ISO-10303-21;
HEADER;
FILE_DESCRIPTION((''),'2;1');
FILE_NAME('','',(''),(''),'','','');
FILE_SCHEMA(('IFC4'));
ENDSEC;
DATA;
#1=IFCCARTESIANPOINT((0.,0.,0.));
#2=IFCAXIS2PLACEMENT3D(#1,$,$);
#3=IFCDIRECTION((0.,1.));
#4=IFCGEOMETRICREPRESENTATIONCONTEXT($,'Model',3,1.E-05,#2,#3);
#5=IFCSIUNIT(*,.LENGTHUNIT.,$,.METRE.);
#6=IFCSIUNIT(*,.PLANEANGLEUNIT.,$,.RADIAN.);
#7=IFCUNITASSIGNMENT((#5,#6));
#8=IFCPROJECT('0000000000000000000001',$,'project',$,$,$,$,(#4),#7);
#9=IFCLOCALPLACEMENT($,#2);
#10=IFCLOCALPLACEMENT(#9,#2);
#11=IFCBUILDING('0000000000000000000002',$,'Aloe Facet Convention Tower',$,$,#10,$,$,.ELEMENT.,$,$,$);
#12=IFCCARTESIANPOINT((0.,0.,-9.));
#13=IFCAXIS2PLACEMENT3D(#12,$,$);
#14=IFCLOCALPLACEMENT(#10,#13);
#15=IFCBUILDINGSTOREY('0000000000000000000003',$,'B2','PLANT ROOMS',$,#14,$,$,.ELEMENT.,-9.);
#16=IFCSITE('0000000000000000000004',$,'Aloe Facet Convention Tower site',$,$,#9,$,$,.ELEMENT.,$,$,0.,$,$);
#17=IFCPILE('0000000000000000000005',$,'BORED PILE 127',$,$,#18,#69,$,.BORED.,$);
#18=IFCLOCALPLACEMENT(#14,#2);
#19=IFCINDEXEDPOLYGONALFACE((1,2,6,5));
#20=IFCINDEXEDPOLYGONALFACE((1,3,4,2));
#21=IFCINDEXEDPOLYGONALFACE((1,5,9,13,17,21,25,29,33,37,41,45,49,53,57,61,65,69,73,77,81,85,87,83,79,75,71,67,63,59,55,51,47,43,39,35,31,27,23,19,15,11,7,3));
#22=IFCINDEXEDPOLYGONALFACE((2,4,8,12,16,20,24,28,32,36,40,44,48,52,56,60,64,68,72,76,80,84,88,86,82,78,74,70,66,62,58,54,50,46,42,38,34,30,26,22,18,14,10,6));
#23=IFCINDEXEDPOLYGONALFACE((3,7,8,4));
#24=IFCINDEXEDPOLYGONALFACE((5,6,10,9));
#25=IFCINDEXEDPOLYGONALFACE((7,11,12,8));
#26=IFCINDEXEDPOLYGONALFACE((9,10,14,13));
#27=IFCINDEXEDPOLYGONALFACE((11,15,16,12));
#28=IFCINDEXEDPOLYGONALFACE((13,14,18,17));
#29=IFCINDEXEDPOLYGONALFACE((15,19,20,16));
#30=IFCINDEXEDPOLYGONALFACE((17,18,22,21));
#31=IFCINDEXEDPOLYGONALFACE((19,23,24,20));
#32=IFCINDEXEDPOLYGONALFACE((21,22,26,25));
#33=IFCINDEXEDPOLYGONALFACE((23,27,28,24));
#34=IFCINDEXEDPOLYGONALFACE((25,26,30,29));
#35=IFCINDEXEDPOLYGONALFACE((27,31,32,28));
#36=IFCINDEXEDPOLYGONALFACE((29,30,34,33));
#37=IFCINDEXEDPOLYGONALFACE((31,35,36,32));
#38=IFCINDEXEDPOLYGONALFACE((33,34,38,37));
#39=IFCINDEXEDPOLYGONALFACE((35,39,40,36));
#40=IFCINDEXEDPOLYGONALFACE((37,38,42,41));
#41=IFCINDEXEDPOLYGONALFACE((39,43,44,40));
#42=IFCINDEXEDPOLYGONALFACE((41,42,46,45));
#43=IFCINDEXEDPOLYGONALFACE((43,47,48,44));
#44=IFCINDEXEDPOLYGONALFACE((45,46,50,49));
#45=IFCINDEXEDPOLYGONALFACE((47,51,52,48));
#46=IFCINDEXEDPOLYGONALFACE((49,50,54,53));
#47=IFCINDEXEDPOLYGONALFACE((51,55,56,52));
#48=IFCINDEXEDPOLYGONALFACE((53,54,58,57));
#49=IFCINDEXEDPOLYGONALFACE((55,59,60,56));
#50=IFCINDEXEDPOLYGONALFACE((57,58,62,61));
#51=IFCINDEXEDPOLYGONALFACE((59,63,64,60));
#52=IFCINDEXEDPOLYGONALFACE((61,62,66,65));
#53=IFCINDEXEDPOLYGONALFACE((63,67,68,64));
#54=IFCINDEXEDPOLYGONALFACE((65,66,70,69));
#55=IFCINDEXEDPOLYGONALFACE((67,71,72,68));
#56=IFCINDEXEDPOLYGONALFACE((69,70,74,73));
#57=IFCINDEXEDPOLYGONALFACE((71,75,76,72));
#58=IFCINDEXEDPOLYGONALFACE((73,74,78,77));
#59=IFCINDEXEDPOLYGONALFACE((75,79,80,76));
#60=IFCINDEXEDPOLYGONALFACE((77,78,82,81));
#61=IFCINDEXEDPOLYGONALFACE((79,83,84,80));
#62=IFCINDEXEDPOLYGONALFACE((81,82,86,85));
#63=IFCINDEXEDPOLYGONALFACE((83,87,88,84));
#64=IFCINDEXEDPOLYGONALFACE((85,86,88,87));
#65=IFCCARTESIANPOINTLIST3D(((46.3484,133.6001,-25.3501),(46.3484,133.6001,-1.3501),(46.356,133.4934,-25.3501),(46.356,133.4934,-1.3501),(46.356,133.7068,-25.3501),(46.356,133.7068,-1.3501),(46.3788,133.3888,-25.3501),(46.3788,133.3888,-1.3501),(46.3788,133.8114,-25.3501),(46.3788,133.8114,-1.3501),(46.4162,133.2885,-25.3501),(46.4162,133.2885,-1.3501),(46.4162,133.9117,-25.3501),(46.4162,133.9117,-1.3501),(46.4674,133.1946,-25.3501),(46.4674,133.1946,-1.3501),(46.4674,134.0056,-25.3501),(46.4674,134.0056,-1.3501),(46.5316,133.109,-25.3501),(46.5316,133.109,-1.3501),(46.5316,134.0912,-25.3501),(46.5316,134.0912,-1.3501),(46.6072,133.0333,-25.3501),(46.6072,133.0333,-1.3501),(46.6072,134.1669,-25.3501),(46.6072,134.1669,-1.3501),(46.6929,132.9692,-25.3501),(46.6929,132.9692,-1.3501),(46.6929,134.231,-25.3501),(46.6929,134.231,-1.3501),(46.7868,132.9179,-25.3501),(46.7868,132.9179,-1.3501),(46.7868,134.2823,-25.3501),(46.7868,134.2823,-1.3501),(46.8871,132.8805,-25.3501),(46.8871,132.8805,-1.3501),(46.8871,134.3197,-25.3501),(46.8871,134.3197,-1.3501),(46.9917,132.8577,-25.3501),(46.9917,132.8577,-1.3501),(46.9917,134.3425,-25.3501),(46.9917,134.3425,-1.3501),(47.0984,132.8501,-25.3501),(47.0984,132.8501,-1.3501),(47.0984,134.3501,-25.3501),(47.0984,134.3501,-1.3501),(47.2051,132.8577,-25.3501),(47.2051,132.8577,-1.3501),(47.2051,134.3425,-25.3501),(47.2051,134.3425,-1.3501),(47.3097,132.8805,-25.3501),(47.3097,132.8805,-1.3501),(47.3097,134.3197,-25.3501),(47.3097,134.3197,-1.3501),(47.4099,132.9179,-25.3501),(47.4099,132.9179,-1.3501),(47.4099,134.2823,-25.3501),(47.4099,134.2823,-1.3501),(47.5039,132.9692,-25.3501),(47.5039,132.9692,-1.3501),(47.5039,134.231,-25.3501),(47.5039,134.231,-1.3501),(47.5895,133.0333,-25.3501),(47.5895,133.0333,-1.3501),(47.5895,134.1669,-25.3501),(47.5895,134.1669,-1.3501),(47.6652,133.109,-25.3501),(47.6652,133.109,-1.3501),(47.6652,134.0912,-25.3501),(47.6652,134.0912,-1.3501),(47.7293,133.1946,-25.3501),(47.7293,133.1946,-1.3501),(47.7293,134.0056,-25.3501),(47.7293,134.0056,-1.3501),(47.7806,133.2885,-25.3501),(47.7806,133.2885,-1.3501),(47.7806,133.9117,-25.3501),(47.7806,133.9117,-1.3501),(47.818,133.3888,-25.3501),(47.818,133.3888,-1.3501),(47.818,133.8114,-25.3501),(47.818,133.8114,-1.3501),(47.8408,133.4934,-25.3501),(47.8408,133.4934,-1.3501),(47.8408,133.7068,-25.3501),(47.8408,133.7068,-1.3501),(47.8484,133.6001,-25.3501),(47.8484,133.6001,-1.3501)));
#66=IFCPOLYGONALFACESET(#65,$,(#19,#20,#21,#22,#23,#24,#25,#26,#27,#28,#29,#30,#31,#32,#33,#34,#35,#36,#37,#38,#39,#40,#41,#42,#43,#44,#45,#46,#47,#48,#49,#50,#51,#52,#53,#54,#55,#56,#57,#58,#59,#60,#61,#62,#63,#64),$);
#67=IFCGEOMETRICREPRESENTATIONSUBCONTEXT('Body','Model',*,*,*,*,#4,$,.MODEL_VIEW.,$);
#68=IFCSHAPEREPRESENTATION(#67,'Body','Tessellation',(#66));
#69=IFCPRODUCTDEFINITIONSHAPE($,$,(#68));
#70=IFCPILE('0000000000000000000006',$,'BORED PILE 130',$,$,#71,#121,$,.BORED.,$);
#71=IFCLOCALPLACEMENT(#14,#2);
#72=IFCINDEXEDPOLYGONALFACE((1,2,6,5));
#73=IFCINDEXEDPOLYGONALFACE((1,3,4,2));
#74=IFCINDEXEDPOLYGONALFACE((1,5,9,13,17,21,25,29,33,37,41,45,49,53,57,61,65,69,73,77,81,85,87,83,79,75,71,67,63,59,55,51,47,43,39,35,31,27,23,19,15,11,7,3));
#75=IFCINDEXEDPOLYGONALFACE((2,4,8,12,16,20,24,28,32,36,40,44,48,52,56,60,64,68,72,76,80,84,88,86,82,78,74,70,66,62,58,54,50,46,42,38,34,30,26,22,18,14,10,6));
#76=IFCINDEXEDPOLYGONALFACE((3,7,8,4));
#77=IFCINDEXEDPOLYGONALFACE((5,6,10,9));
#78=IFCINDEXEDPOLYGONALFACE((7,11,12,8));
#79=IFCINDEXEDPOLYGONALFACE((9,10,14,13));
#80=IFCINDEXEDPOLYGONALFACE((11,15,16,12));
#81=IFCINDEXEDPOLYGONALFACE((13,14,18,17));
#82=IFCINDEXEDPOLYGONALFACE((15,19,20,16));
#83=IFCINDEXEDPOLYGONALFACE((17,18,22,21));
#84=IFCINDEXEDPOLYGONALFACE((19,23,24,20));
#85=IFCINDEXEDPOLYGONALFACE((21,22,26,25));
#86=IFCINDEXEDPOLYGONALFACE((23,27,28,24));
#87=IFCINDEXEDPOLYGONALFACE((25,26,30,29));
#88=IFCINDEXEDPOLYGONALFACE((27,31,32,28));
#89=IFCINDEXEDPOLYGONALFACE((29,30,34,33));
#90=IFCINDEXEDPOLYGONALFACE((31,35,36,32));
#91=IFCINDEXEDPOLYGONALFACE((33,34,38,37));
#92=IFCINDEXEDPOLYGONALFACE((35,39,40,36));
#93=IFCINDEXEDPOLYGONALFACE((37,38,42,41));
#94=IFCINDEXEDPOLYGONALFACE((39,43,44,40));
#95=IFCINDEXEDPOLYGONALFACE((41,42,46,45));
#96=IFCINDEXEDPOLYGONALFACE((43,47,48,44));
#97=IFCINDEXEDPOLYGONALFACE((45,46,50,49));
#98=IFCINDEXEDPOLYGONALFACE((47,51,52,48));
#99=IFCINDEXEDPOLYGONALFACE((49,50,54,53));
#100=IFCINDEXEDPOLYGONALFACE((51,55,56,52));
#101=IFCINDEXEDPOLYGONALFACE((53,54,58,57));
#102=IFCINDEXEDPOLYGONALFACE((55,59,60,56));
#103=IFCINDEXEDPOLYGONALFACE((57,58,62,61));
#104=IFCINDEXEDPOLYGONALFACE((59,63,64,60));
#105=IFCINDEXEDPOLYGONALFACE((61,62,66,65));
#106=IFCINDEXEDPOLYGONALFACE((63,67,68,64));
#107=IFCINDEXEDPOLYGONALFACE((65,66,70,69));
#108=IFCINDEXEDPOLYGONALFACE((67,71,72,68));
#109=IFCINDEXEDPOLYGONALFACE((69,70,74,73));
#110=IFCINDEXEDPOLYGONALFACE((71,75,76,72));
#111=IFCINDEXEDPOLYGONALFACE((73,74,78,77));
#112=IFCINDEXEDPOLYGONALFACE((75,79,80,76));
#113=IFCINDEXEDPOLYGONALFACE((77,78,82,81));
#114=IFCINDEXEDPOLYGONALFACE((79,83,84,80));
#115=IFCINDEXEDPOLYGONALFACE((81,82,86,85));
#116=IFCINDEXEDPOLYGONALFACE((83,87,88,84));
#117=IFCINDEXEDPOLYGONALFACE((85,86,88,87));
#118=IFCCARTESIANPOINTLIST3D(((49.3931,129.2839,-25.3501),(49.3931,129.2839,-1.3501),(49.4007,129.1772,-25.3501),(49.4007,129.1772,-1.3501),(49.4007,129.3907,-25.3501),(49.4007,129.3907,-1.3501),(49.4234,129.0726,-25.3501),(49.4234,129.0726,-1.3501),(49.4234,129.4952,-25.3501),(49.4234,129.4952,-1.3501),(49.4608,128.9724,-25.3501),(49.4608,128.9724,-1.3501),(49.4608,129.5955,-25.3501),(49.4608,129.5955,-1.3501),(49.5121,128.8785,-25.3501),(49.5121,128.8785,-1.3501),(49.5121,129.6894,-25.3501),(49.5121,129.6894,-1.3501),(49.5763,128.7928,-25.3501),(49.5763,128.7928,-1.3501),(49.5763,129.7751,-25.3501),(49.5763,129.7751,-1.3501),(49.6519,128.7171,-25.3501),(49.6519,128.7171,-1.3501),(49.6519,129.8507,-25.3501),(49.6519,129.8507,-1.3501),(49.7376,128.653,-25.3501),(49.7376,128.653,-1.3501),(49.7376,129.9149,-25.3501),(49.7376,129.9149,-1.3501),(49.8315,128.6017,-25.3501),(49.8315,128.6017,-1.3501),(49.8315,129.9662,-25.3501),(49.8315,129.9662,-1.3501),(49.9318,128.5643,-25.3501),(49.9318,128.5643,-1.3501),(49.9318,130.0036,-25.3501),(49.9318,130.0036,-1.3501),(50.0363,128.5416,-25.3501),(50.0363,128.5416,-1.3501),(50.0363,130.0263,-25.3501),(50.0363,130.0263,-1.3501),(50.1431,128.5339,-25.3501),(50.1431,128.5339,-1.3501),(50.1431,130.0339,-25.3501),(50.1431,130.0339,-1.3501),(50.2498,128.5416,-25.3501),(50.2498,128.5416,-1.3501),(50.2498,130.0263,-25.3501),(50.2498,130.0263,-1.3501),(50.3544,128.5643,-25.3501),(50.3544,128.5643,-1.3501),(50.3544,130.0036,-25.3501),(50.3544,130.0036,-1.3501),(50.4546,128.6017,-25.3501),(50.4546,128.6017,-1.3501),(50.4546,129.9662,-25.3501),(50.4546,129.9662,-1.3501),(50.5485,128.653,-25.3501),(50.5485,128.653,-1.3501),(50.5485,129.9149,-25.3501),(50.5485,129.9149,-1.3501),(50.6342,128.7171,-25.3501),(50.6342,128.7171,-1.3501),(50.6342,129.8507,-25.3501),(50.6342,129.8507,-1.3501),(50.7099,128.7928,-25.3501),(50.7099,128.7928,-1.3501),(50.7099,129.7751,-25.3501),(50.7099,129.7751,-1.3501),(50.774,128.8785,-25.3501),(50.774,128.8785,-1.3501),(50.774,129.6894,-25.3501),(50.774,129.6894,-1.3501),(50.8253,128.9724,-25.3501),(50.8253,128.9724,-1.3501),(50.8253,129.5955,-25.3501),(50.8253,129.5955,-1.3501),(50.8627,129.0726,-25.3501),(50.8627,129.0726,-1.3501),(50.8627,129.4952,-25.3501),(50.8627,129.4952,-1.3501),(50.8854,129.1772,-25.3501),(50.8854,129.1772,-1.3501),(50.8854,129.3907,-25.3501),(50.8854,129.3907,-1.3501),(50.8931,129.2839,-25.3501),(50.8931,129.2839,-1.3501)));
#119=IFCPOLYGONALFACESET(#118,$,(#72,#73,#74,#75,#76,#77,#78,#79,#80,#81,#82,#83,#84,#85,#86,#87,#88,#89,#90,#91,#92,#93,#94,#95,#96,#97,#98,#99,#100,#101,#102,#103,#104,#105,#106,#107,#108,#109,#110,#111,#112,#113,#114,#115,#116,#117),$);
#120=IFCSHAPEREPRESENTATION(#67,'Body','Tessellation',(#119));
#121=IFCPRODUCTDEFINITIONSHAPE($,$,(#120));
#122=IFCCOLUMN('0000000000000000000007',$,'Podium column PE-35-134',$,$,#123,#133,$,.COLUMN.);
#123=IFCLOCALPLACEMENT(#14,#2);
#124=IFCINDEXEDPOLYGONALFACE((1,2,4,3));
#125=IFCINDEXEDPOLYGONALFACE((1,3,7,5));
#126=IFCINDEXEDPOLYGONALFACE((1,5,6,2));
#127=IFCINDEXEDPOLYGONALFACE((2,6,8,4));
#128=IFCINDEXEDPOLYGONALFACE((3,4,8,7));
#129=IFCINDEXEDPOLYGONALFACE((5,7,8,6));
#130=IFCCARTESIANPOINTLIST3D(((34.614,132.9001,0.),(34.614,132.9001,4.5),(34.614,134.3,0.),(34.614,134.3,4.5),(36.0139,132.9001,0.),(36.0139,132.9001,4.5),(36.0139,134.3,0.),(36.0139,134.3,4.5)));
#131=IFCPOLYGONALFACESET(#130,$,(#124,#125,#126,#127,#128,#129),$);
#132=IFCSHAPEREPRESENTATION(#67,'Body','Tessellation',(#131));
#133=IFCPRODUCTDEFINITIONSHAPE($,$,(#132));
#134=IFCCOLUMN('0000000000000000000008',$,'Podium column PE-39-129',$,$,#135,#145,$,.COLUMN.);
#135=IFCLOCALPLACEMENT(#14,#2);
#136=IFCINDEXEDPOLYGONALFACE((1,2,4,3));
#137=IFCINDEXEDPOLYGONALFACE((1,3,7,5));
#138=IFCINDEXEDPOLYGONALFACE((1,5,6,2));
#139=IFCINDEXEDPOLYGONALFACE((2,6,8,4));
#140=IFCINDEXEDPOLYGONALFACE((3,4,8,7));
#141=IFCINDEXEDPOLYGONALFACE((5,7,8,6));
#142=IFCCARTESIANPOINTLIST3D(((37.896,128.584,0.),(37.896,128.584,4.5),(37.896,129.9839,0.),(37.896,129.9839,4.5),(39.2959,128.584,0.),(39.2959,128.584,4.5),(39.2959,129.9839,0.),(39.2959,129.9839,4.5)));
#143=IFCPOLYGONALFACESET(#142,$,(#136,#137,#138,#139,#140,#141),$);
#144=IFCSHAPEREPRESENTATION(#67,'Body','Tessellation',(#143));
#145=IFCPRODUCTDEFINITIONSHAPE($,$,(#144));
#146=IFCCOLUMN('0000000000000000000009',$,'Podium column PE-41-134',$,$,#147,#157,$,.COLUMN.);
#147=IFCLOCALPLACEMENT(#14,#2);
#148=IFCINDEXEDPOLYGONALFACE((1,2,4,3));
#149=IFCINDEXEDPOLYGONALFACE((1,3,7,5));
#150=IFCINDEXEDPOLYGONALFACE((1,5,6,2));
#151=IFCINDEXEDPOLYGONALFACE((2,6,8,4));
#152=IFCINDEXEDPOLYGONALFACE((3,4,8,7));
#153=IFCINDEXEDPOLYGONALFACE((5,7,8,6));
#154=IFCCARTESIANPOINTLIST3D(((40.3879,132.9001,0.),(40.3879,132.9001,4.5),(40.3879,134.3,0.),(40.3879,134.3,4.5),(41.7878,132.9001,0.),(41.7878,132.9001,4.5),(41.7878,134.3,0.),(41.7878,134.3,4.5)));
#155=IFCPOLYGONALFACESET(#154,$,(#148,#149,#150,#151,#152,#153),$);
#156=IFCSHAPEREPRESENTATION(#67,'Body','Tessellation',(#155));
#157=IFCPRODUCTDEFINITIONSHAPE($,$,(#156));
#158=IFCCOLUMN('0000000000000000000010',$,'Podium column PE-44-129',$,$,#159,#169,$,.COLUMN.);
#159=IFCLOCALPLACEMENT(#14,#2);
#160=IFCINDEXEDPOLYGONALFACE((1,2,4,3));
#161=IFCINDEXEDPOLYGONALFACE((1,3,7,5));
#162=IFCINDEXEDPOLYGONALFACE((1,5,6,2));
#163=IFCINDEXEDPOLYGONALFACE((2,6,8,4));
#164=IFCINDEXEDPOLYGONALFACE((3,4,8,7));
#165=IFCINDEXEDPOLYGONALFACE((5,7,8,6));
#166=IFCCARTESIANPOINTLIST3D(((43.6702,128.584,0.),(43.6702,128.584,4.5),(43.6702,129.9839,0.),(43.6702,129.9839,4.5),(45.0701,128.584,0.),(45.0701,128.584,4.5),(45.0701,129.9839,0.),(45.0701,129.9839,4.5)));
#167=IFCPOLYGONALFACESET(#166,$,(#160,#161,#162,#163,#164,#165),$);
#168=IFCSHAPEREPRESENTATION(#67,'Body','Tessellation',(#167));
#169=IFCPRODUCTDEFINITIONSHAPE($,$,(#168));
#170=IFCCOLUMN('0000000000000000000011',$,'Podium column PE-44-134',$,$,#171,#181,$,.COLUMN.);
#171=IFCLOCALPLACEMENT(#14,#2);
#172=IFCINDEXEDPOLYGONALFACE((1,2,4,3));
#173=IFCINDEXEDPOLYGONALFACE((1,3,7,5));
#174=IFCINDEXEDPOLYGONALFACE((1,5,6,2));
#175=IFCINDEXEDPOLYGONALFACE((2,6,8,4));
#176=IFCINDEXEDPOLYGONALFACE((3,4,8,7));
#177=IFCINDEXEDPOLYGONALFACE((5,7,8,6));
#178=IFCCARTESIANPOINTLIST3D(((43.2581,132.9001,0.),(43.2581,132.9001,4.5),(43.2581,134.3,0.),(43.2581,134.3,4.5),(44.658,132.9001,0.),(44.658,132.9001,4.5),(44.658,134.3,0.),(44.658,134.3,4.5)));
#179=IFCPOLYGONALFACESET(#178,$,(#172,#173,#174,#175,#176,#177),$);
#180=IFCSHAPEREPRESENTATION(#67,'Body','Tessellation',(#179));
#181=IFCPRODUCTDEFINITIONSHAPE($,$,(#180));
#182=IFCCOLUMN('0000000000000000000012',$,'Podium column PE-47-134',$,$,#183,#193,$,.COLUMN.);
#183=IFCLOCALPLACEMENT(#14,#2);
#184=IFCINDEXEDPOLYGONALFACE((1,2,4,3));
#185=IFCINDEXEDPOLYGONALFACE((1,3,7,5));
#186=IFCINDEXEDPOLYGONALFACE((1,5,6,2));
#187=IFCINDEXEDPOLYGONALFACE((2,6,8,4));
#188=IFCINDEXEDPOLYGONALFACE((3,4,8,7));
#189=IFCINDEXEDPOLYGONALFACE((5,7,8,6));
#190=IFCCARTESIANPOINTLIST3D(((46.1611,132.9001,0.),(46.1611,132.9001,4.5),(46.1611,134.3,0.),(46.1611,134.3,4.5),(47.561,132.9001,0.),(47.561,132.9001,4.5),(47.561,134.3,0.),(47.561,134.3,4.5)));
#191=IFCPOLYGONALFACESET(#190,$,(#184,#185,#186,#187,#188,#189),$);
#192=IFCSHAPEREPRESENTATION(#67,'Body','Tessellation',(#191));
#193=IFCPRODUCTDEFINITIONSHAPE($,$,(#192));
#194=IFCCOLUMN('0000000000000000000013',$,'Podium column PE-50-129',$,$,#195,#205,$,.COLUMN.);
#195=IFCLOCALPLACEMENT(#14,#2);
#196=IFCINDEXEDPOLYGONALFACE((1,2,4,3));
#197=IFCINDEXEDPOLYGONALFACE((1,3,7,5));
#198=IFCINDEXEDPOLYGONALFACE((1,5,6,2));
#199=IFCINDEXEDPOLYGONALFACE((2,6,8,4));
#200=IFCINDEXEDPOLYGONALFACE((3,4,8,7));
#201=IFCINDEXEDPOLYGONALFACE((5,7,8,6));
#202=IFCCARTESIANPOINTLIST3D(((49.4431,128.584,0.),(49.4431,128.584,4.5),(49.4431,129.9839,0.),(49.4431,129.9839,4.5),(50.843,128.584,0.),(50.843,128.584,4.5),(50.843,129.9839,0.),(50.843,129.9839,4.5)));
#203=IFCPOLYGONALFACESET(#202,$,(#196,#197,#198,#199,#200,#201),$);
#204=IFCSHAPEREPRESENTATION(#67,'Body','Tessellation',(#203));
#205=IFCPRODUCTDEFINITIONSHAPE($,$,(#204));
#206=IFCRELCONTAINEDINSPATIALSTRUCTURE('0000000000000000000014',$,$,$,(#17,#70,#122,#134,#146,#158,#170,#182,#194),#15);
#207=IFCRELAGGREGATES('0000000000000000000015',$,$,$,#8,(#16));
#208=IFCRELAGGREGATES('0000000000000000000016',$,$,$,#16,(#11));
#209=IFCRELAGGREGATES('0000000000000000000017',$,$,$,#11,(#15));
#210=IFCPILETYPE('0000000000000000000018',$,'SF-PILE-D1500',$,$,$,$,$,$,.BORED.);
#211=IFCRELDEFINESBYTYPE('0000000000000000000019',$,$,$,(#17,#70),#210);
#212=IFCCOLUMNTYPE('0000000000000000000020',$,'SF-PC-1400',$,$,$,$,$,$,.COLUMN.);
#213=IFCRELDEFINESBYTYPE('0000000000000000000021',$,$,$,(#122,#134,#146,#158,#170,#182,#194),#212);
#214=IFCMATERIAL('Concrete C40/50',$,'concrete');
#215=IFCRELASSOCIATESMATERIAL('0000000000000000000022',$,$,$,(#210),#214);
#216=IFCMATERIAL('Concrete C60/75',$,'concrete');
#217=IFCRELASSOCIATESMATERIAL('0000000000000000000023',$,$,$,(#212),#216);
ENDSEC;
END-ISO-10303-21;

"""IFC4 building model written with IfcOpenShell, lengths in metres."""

from ifc_helpers import new_model, si_unit, direction, frame, origin, origin_2d, place, context, subcontext, project, spatial, rectangle, circle, extrude, material, material_profile, profile_set, type_object, element, save


model = new_model("IFC4")

# Units and contexts
model_context = context("Model", 3, precision=1e-05, world=origin(), true_north=direction((0.0, 1.0)))
body_context = subcontext(model_context, "Body", "Model", "MODEL_VIEW")
ifc_project = project(units=[si_unit("LENGTHUNIT", "METRE"), si_unit("PLANEANGLEUNIT", "RADIAN")], contexts=[model_context])

# Site, building, storey
site_placement = place(None, origin())
site = spatial("IfcSite", under=ifc_project, at=site_placement, Name="Aloe Facet Convention Tower site", CompositionType="ELEMENT", RefElevation=0.0)
building_placement = place(site_placement, origin())
building = spatial("IfcBuilding", under=site, at=building_placement, Name="Aloe Facet Convention Tower", CompositionType="ELEMENT")
storey_placement = place(building_placement, frame((0.0, 0.0, -9.0)))
storey = spatial("IfcBuildingStorey", under=building, at=storey_placement, Name="B2", Description="PLANT ROOMS", CompositionType="ELEMENT", Elevation=-9.0)

# Piles
ifc_material_1 = material(Name="Concrete C40/50", Category="concrete")
ifc_material_profile_1 = material_profile(ifc_material_1, circle(Radius=0.75, at=origin_2d()), Name="D1500")
ifc_profile_set_1 = profile_set([ifc_material_profile_1], Name="Concrete C40/50")
pile_type = type_object("IfcPileType", Name="SF-PILE-D1500", PredefinedType="BORED", material=ifc_profile_set_1)
for number, where, z_axis, x_axis, name in (
    (1, (47.0984, 133.6001, -1.3501), (0.0, 0.0, -1.0), (1.0, 0.0, 0.0), "BORED PILE 127"),
    (2, (50.1431, 129.2839, -1.3501), (0.0, 0.0, -1.0), (1.0, 0.0, 0.0), "BORED PILE 130"),
):
    element("IfcPile", number, at=place(storey_placement, frame(where, z_axis=z_axis, x_axis=x_axis)), inside=storey, type_object=pile_type, Name=name, PredefinedType="BORED", context=body_context, shape_type="SweptSolid", body=[
        extrude(circle(Radius=0.75, at=origin_2d()), origin(), (0.0, 0.0, 1.0), 24.0),
    ])

# Columns
ifc_material_2 = material(Name="Concrete C60/75", Category="concrete")
ifc_material_profile_2 = material_profile(ifc_material_2, rectangle(XDim=1.3999, YDim=1.3999, at=origin_2d()), Name="SF-PC-1400")
ifc_profile_set_2 = profile_set([ifc_material_profile_2], Name="Concrete C60/75")
column_type = type_object("IfcColumnType", Name="SF-PC-1400", PredefinedType="COLUMN", material=ifc_profile_set_2)
for number, where, z_axis, x_axis, name in (
    (3, (35.314, 133.6001, 0.0), (0.0, 0.0, 1.0), (1.0, 0.0, 0.0), "Podium column PE-35-134"),
    (4, (38.5959, 129.2839, 0.0), (0.0, 0.0, 1.0), (1.0, 0.0, 0.0), "Podium column PE-39-129"),
    (5, (41.0879, 133.6001, 0.0), (0.0, 0.0, 1.0), (1.0, 0.0, 0.0), "Podium column PE-41-134"),
    (6, (44.3701, 129.2839, 0.0), (0.0, 0.0, 1.0), (1.0, 0.0, 0.0), "Podium column PE-44-129"),
    (7, (43.958, 133.6001, 0.0), (0.0, 0.0, 1.0), (1.0, 0.0, 0.0), "Podium column PE-44-134"),
    (8, (46.8611, 133.6001, 0.0), (0.0, 0.0, 1.0), (1.0, 0.0, 0.0), "Podium column PE-47-134"),
    (9, (50.1431, 129.2839, 0.0), (0.0, 0.0, 1.0), (1.0, 0.0, 0.0), "Podium column PE-50-129"),
):
    element("IfcColumn", number, at=place(storey_placement, frame(where, z_axis=z_axis, x_axis=x_axis)), inside=storey, type_object=column_type, Name=name, PredefinedType="COLUMN", context=body_context, shape_type="SweptSolid", body=[
        extrude(rectangle(XDim=1.3999, YDim=1.3999, at=origin_2d()), origin(), (0.0, 0.0, 1.0), 4.5),
    ])

save(model, "model.ifc")
